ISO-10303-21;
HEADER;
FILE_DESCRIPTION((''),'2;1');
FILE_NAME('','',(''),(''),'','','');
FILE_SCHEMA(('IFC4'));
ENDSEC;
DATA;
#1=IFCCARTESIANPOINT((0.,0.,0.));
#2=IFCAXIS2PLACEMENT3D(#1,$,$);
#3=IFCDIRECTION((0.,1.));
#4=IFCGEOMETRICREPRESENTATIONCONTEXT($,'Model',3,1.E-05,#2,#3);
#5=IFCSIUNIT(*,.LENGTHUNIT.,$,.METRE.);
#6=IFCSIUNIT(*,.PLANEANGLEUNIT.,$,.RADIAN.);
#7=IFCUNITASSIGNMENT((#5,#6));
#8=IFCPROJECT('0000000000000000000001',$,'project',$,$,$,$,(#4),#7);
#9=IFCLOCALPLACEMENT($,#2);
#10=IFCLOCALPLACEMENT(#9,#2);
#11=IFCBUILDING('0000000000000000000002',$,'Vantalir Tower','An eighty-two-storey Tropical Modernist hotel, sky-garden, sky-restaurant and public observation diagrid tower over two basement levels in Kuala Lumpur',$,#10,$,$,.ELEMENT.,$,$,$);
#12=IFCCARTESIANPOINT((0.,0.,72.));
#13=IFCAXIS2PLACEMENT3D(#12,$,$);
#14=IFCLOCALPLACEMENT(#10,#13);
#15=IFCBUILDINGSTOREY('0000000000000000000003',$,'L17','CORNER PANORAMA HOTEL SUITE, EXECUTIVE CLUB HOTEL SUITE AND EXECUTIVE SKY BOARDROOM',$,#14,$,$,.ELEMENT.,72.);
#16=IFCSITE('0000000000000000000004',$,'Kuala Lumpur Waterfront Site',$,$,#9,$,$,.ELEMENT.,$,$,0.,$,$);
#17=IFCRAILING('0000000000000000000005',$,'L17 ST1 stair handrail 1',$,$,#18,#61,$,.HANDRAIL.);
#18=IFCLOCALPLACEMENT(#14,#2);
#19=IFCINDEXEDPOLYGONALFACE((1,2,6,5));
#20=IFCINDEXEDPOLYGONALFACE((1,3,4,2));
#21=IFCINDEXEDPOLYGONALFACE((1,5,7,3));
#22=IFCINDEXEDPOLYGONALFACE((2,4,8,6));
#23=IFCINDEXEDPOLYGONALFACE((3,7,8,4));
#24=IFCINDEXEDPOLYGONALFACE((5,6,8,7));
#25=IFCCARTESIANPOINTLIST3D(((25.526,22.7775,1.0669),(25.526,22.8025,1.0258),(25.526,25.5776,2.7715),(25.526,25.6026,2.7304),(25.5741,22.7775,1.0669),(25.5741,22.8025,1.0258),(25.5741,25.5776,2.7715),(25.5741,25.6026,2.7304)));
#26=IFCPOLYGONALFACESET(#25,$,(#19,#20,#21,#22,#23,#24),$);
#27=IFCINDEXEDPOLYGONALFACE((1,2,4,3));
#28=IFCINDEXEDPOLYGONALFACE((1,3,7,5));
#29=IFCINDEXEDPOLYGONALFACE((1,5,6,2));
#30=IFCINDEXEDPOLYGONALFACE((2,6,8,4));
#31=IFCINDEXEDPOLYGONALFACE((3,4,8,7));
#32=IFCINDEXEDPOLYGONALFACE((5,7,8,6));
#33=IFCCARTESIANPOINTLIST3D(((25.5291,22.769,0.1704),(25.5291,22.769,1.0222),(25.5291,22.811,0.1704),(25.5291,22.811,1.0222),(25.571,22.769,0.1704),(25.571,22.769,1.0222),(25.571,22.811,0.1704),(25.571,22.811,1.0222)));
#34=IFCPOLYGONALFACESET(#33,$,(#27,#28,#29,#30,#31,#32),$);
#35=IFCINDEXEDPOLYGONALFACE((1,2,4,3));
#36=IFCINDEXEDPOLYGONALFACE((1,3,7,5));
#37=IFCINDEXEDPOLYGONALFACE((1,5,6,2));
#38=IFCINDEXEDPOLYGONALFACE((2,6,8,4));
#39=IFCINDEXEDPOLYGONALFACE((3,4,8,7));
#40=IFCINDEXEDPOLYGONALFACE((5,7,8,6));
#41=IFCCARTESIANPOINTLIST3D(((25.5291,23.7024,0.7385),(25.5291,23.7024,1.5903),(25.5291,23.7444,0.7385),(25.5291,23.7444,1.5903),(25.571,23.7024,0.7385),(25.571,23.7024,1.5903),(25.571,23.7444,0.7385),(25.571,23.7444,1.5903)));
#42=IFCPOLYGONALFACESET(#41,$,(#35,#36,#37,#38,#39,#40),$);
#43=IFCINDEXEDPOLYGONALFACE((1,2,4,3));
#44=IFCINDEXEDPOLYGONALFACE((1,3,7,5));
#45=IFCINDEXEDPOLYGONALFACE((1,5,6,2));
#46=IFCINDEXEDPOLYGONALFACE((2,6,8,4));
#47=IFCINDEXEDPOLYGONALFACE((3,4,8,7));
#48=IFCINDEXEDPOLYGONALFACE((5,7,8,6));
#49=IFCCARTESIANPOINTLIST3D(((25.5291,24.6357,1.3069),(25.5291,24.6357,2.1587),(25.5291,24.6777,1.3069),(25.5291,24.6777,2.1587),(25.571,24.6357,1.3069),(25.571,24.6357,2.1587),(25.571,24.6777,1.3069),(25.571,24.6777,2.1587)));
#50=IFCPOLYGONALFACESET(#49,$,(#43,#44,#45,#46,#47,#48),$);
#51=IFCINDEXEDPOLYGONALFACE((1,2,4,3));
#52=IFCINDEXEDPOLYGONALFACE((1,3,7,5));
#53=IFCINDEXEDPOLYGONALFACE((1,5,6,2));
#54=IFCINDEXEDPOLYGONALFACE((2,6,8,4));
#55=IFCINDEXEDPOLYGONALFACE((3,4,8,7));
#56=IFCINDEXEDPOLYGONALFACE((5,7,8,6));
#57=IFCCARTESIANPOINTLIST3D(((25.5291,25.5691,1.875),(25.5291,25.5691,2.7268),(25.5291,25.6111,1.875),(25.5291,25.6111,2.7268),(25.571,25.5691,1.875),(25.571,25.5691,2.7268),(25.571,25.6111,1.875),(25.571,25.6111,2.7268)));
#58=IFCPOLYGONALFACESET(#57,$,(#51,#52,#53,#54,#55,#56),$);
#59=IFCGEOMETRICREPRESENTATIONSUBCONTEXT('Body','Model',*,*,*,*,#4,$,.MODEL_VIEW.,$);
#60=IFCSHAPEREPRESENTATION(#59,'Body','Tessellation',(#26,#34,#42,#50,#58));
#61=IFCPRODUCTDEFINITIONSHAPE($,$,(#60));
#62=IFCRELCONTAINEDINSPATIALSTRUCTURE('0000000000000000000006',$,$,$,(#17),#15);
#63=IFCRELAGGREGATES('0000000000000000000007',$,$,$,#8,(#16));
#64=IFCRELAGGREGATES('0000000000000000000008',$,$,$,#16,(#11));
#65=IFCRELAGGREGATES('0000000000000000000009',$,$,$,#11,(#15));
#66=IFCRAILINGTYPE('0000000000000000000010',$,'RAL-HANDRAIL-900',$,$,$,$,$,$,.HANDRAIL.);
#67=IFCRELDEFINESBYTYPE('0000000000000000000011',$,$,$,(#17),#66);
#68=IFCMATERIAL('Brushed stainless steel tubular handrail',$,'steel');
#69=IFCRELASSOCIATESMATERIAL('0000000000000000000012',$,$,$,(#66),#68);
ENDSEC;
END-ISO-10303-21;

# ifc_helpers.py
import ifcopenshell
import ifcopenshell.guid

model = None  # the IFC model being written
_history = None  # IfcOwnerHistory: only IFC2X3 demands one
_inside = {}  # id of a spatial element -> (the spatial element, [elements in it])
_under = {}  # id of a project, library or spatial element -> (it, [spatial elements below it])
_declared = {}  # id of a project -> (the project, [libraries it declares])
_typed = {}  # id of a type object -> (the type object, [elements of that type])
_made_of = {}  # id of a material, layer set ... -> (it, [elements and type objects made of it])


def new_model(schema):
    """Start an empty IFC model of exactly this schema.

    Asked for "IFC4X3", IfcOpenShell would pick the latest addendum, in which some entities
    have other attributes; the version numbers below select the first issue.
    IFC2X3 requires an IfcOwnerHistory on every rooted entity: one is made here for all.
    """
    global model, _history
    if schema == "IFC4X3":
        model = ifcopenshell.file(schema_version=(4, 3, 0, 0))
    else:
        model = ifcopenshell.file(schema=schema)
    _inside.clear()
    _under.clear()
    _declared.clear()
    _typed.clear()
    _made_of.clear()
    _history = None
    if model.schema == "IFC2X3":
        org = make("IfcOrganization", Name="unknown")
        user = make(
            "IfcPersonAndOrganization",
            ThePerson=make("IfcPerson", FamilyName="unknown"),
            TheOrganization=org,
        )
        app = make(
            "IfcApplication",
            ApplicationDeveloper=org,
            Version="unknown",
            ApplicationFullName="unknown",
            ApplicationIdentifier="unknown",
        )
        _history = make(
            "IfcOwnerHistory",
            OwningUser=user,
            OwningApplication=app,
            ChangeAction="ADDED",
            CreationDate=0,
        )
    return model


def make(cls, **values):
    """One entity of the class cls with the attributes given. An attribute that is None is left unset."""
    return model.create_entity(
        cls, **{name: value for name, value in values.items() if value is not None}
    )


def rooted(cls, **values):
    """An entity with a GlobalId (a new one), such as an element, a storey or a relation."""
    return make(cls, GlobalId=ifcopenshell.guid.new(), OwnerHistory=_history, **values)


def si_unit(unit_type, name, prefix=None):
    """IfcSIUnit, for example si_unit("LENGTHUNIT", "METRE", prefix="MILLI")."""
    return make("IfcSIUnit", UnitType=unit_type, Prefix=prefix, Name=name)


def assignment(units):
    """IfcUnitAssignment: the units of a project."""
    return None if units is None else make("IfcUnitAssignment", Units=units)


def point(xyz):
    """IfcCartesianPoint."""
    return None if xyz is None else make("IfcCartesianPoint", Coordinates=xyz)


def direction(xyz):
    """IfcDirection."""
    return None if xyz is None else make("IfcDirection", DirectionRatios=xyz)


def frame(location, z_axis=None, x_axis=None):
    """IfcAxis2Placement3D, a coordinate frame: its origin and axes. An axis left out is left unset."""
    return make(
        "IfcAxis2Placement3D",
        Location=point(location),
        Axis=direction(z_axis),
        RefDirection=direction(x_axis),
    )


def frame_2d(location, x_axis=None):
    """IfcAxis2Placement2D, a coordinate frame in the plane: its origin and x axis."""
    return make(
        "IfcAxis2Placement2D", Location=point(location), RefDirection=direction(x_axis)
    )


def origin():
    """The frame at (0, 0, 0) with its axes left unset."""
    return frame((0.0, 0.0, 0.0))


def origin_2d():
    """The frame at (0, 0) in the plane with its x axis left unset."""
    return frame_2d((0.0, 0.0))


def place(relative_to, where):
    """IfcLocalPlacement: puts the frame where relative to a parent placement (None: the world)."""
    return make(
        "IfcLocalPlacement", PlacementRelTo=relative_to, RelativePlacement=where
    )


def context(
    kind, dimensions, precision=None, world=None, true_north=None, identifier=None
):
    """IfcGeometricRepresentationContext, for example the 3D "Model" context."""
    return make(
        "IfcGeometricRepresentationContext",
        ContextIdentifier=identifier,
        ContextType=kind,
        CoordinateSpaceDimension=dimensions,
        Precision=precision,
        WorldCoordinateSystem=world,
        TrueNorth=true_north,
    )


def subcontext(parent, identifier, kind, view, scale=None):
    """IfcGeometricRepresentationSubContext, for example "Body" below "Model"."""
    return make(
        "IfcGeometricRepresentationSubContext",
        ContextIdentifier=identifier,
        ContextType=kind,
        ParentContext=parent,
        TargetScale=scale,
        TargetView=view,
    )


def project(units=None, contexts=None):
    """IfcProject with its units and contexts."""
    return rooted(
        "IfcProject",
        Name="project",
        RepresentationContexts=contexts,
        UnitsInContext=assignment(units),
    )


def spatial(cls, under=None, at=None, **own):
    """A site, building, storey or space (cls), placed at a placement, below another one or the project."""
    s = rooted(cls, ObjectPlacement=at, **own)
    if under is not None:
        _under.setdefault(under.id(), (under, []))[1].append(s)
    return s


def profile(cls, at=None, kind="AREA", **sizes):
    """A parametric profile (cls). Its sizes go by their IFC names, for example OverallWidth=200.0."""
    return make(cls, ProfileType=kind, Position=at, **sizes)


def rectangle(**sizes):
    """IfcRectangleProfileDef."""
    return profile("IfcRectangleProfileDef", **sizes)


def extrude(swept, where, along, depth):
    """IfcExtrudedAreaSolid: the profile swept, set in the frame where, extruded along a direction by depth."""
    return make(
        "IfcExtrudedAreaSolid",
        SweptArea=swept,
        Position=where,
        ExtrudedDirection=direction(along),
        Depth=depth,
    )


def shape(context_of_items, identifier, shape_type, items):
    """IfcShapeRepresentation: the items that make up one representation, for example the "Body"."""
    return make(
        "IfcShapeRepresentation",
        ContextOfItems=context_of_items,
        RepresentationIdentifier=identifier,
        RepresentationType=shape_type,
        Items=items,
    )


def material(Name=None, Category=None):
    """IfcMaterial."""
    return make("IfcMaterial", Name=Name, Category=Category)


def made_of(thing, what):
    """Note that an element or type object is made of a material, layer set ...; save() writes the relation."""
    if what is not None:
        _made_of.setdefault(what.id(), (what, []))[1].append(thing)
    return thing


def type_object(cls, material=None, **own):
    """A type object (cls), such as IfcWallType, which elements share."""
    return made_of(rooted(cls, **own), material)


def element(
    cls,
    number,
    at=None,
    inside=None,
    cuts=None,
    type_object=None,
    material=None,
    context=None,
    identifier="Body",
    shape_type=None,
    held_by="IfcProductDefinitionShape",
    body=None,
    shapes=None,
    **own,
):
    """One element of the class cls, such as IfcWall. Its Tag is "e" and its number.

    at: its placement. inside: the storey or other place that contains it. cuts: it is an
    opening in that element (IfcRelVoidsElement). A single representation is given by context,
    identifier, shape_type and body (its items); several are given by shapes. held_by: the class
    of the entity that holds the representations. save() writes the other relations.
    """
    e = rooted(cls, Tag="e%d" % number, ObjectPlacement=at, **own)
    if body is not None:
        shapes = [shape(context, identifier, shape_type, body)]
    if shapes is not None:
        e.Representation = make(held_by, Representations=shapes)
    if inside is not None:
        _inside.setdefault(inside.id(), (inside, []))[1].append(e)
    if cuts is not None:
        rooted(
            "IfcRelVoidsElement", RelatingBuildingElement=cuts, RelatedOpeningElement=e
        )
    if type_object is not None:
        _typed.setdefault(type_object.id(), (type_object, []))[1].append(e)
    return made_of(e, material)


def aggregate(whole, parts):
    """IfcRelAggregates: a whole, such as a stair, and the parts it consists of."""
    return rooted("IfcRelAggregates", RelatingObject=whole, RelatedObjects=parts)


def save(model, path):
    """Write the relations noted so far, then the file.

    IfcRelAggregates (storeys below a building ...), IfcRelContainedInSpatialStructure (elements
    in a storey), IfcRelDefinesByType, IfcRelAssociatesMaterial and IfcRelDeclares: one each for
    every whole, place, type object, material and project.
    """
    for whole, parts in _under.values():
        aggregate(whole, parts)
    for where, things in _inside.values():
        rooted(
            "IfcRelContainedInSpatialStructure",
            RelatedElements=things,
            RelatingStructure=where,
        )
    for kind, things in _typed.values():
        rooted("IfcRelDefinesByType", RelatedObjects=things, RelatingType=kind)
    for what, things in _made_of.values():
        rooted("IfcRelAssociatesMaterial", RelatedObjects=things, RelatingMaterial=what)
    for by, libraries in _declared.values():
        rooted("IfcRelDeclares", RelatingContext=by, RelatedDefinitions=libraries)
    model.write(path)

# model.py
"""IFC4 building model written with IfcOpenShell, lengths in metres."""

from ifc_helpers import new_model, si_unit, direction, frame, origin, origin_2d, place, context, subcontext, project, spatial, rectangle, extrude, material, type_object, element, save


model = new_model("IFC4")

# Units and contexts
model_context = context("Model", 3, precision=1e-05, world=origin(), true_north=direction((0.0, 1.0)))
body_context = subcontext(model_context, "Body", "Model", "MODEL_VIEW")
ifc_project = project(units=[si_unit("LENGTHUNIT", "METRE"), si_unit("PLANEANGLEUNIT", "RADIAN")], contexts=[model_context])

# Site, building, storey
site_placement = place(None, origin())
site = spatial("IfcSite", under=ifc_project, at=site_placement, Name="Kuala Lumpur Waterfront Site", CompositionType="ELEMENT", RefElevation=0.0)
building_placement = place(site_placement, origin())
building = spatial("IfcBuilding", under=site, at=building_placement, Name="Vantalir Tower", Description="An eighty-two-storey Tropical Modernist hotel, sky-garden, sky-restaurant and public observation diagrid tower over two basement levels in Kuala Lumpur", CompositionType="ELEMENT")
storey_placement = place(building_placement, frame((0.0, 0.0, 72.0)))
storey = spatial("IfcBuildingStorey", under=building, at=storey_placement, Name="L17", Description="CORNER PANORAMA HOTEL SUITE, EXECUTIVE CLUB HOTEL SUITE AND EXECUTIVE SKY BOARDROOM", CompositionType="ELEMENT", Elevation=72.0)

# Railing
ifc_material_1 = material(Name="Brushed stainless steel tubular handrail", Category="steel")
railing_type_1 = type_object("IfcRailingType", Name="RAL-HANDRAIL-900", PredefinedType="HANDRAIL", material=ifc_material_1)
railing_1_placement = place(storey_placement, frame((25.55, 22.79, 0.1704)))
element("IfcRailing", 1, at=railing_1_placement, inside=storey, type_object=railing_type_1, Name="L17 ST1 stair handrail 1", PredefinedType="HANDRAIL", context=body_context, shape_type="SweptSolid", body=[
    extrude(rectangle(XDim=0.0481, YDim=0.0481, at=origin_2d()), frame((0.0, 0.0, 0.876), z_axis=(0.0, 0.85417, 0.519994), x_axis=(-1.0, 0.0, 0.0)), (0.0, 0.0, 1.0), 3.2781),
    extrude(rectangle(XDim=0.042, YDim=0.042, at=origin_2d()), origin(), (0.0, 0.0, 1.0), 0.8518),
    extrude(rectangle(XDim=0.042, YDim=0.042, at=origin_2d()), frame((0.0, 0.9333, 0.5681)), (0.0, 0.0, 1.0), 0.8518),
    extrude(rectangle(XDim=0.042, YDim=0.042, at=origin_2d()), frame((0.0, 1.8667, 1.1365)), (0.0, 0.0, 1.0), 0.8518),
    extrude(rectangle(XDim=0.042, YDim=0.042, at=origin_2d()), frame((0.0, 2.8, 1.7046)), (0.0, 0.0, 1.0), 0.8518),
])

save(model, "model.ifc")
